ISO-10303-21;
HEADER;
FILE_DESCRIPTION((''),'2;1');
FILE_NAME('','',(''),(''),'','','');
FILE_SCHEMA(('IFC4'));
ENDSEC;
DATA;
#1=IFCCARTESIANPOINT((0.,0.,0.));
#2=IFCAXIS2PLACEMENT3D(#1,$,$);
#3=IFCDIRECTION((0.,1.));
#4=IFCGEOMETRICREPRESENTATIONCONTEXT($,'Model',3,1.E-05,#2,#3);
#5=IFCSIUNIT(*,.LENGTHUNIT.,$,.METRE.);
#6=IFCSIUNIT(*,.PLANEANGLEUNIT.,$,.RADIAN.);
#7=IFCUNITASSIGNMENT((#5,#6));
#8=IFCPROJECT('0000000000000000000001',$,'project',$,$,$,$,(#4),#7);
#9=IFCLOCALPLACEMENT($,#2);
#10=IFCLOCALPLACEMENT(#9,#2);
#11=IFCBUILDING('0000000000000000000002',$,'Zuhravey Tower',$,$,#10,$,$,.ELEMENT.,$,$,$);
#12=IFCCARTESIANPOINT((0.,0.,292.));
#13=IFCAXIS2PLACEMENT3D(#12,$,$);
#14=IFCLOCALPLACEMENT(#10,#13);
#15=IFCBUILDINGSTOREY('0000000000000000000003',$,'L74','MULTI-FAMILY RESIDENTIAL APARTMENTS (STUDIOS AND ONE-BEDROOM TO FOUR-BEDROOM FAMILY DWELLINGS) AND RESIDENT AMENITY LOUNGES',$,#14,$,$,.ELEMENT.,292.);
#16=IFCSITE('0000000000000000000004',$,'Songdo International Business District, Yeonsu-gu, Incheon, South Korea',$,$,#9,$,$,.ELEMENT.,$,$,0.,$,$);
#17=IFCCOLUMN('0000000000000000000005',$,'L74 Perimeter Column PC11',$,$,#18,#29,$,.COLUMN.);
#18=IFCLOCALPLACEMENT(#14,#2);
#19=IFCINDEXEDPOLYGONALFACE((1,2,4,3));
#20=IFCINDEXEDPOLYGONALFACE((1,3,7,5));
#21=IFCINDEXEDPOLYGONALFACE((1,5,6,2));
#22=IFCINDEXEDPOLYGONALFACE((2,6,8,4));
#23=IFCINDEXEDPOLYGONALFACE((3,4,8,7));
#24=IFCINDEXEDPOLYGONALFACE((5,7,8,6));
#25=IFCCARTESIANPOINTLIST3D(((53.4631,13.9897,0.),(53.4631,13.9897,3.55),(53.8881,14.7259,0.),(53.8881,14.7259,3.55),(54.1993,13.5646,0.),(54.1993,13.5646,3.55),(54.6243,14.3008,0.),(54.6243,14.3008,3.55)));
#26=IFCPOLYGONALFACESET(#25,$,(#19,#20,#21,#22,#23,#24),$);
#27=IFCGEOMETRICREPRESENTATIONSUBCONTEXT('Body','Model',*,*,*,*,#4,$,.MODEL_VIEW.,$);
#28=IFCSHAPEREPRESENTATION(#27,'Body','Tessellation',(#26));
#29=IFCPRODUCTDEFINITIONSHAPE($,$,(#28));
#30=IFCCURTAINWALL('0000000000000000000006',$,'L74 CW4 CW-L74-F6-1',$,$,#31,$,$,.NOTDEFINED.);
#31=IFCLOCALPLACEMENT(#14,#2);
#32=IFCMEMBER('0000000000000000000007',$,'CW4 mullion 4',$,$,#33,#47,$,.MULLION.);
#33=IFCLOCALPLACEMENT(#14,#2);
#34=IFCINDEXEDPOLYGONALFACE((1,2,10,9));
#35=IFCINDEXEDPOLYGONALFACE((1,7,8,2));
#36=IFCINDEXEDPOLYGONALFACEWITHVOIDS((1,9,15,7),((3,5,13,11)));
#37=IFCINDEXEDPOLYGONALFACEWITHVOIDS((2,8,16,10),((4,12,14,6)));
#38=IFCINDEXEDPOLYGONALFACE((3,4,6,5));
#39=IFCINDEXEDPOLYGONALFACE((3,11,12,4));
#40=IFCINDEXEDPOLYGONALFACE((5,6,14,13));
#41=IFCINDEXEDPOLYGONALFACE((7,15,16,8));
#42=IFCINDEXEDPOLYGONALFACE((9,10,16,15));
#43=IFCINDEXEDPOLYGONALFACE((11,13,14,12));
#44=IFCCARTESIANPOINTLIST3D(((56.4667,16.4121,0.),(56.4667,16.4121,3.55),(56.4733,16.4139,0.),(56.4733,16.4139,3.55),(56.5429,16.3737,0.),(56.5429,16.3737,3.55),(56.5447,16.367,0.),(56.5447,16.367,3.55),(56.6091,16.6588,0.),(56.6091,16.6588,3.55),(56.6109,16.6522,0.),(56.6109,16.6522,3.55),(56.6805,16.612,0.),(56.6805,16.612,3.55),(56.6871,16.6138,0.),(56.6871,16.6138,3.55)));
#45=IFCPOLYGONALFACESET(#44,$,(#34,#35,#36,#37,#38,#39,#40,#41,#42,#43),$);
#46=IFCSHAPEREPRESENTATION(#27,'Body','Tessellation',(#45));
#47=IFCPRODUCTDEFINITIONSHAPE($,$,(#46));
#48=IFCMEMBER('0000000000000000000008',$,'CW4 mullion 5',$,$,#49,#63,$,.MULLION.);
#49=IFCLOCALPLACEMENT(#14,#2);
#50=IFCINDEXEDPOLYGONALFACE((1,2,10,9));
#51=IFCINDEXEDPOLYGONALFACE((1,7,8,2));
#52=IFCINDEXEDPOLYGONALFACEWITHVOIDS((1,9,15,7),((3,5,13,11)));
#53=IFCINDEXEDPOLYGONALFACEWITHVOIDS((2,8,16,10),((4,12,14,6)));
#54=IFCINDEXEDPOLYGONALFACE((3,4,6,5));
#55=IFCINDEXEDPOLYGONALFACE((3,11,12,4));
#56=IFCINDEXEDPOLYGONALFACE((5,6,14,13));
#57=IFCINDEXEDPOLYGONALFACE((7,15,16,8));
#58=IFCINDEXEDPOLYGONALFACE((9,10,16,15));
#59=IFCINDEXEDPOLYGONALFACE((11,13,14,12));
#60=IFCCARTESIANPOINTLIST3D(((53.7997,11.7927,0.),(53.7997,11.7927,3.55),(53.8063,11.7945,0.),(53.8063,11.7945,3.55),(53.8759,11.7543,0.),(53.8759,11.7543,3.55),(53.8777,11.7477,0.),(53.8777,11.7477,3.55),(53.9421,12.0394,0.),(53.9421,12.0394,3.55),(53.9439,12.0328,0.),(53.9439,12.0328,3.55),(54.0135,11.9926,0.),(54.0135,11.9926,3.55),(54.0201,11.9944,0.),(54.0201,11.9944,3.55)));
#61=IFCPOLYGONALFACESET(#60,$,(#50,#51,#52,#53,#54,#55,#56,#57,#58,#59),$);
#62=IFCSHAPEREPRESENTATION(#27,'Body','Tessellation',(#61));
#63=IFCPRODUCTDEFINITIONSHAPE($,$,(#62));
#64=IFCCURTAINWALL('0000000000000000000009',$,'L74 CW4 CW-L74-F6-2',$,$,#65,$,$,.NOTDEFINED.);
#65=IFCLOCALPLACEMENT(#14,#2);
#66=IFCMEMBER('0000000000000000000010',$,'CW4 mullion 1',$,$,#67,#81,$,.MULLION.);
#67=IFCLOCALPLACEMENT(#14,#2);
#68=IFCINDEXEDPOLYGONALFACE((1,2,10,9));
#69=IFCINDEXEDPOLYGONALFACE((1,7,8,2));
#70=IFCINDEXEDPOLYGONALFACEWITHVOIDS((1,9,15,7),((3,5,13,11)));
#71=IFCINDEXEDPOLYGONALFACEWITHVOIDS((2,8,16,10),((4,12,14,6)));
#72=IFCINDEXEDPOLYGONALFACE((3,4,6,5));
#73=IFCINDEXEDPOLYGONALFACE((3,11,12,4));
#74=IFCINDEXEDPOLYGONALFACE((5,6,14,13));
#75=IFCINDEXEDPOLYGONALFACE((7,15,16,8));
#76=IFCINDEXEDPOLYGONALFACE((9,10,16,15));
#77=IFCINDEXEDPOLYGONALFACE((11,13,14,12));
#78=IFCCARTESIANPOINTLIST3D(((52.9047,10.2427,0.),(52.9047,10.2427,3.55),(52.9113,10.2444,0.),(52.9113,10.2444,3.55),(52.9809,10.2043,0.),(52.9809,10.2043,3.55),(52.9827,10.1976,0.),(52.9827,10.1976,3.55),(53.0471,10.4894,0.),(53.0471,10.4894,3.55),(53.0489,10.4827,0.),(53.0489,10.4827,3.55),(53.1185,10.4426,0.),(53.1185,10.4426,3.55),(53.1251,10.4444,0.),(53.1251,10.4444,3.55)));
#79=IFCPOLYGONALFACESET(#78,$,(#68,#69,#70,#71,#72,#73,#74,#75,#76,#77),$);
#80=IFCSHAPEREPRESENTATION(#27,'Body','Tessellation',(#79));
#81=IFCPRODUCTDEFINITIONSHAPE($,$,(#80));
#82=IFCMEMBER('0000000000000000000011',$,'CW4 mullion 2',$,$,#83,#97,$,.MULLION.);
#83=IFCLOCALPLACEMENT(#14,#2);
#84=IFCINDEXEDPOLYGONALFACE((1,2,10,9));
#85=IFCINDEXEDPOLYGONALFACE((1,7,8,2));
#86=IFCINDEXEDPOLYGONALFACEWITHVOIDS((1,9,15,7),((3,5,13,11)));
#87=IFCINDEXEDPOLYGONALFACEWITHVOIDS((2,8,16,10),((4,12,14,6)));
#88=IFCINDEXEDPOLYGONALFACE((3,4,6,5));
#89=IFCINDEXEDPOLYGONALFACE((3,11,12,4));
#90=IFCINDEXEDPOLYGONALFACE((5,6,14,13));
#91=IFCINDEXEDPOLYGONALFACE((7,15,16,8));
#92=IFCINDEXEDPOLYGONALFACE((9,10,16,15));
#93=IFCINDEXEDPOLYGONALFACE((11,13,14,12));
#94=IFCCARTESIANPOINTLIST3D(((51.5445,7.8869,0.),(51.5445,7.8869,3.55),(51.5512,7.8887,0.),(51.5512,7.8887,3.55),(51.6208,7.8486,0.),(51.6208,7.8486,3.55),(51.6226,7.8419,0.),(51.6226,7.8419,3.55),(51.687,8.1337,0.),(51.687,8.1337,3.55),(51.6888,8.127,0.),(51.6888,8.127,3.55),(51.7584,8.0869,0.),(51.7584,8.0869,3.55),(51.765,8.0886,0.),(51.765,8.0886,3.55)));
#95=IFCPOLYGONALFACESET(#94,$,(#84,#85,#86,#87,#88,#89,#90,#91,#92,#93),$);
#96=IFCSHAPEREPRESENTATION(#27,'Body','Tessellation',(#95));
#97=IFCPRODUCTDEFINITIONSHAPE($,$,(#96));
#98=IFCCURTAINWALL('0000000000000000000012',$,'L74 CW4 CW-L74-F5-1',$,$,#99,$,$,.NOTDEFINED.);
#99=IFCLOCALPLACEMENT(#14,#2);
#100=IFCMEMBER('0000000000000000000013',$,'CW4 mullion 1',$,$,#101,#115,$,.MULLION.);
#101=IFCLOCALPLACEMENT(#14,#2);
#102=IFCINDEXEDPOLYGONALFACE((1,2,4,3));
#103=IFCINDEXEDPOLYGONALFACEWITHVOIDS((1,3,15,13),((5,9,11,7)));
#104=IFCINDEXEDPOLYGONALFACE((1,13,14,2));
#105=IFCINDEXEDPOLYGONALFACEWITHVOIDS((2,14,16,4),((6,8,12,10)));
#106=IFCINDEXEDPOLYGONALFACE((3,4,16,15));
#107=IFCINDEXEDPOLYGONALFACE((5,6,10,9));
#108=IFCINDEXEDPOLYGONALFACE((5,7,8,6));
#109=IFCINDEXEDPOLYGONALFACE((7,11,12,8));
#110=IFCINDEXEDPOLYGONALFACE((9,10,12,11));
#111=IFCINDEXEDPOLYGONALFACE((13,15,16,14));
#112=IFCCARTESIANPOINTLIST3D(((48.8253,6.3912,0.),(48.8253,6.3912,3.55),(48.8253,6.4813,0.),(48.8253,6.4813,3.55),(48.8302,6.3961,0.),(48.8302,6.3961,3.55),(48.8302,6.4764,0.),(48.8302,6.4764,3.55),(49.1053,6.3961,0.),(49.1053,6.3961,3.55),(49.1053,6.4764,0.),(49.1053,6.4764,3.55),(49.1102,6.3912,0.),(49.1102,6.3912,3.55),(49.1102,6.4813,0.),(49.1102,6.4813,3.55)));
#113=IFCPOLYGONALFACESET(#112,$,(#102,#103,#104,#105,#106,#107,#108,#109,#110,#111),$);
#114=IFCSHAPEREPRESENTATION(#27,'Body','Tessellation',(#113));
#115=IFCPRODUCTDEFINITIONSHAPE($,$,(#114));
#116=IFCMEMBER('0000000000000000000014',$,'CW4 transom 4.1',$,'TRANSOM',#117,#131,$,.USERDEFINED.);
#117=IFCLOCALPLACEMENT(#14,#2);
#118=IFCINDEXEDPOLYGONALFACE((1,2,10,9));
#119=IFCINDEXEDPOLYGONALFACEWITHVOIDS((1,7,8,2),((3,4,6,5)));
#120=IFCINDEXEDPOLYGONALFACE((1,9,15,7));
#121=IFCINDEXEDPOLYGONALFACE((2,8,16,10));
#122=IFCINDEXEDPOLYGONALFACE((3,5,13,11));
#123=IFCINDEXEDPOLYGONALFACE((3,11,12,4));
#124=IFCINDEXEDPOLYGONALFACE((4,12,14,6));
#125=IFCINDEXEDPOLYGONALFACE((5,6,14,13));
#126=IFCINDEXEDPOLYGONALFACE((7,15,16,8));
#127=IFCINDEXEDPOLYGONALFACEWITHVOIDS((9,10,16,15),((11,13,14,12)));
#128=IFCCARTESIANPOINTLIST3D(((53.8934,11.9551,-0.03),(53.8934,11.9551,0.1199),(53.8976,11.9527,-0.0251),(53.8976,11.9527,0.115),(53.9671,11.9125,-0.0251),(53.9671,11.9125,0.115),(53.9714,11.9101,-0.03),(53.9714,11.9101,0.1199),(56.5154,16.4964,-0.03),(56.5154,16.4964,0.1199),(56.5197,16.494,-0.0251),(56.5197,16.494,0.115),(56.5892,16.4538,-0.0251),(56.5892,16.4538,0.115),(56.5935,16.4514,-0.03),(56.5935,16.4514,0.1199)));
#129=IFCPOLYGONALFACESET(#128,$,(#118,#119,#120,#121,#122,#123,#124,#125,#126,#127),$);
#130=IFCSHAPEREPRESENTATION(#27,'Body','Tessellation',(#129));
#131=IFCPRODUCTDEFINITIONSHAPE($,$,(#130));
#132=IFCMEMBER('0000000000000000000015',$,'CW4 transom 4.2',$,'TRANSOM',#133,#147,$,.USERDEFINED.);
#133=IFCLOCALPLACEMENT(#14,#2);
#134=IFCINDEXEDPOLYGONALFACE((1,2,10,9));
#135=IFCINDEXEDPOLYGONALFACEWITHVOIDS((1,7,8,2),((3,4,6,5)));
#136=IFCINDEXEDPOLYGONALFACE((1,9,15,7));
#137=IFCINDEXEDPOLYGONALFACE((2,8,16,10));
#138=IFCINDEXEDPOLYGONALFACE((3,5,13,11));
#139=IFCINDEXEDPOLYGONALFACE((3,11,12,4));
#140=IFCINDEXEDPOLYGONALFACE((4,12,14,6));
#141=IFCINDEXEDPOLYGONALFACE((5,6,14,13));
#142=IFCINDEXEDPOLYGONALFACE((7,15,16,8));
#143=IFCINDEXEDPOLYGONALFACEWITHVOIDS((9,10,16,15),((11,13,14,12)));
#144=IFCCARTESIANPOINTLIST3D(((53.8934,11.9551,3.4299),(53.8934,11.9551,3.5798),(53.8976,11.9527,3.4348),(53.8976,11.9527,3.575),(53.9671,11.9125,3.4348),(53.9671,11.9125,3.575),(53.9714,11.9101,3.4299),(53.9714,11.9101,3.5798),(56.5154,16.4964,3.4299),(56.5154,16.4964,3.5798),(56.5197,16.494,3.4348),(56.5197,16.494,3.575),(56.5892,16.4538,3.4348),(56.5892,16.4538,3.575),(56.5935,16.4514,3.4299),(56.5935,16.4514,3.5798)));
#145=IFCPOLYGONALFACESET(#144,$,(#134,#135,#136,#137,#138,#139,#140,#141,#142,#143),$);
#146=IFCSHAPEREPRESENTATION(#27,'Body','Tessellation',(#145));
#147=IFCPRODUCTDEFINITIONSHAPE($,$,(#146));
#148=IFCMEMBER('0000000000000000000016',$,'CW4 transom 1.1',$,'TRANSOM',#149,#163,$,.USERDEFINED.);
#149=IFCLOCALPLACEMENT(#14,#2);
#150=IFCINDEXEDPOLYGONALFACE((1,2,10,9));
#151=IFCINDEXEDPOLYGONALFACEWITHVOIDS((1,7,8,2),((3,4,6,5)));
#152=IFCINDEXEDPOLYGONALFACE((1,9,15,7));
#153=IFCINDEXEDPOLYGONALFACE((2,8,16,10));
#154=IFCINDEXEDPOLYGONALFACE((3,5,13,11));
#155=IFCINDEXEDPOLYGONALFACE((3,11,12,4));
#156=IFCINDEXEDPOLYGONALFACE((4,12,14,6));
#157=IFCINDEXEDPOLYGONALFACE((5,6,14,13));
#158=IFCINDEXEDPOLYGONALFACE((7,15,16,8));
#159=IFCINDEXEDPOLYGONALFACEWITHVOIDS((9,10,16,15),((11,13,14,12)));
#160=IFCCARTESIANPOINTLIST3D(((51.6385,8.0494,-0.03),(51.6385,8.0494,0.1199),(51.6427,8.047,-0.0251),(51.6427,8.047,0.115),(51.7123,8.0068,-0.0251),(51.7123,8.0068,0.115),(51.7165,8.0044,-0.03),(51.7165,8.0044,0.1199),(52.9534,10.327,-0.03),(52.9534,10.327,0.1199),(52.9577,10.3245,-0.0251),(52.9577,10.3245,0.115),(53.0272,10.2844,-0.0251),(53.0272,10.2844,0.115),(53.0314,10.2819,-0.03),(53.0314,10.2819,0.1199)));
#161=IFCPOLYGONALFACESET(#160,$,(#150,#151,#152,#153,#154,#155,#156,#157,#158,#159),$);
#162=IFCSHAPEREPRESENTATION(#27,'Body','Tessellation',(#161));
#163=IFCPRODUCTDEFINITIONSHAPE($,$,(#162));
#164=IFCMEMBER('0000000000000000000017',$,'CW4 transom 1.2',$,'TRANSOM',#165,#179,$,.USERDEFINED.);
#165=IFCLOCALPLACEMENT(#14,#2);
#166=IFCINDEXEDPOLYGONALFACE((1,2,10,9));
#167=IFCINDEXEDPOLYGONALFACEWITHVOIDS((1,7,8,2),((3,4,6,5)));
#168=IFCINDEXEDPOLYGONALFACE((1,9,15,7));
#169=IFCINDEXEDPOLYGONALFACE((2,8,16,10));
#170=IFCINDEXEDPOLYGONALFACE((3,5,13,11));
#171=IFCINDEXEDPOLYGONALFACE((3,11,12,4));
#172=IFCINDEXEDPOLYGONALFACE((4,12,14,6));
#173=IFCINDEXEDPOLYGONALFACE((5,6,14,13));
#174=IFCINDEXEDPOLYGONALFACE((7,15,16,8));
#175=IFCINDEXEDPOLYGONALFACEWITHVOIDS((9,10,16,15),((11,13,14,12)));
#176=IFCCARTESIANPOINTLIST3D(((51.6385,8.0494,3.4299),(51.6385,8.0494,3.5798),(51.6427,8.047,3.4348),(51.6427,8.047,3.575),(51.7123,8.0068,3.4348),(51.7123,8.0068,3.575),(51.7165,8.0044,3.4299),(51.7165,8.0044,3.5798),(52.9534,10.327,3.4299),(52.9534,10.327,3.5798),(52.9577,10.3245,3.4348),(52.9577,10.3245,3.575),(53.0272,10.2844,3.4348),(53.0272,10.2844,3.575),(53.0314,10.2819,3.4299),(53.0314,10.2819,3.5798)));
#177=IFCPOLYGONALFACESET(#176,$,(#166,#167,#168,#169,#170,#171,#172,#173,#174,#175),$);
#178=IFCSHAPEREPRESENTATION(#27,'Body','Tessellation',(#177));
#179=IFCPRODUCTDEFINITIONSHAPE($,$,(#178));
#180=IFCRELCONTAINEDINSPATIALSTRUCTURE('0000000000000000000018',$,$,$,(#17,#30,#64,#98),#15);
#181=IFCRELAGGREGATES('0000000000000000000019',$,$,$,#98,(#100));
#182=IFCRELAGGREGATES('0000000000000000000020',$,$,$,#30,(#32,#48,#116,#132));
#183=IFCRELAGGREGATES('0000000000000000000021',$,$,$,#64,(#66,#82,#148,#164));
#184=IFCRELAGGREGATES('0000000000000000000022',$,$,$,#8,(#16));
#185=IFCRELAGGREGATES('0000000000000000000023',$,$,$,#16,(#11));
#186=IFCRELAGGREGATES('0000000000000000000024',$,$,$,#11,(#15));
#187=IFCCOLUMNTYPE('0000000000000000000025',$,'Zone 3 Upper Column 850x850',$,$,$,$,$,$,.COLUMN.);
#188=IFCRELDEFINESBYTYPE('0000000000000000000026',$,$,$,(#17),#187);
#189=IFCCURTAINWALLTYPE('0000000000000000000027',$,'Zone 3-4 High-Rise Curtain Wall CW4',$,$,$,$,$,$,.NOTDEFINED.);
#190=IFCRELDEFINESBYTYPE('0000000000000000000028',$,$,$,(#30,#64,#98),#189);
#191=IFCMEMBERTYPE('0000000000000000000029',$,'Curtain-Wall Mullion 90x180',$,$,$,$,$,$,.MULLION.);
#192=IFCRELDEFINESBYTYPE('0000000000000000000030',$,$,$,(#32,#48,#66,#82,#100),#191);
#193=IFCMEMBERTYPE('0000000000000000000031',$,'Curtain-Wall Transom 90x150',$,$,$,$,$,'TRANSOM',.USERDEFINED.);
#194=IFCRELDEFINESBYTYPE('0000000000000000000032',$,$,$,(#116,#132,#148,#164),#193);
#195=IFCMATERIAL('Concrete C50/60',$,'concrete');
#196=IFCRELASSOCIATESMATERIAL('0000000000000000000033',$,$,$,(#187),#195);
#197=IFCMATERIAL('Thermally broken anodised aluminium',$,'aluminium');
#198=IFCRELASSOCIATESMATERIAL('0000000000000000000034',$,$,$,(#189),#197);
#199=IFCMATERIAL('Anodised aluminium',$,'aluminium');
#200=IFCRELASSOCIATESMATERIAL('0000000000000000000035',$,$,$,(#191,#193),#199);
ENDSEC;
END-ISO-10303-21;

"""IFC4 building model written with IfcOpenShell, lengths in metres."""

from ifc_helpers import new_model, si_unit, direction, frame, origin, origin_2d, place, context, subcontext, project, spatial, rectangle, hollow_rectangle, extrude, material, material_profile, profile_set, type_object, element, aggregate, save


model = new_model("IFC4")

# Units and contexts
model_context = context("Model", 3, precision=1e-05, world=origin(), true_north=direction((0.0, 1.0)))
body_context = subcontext(model_context, "Body", "Model", "MODEL_VIEW")
ifc_project = project(units=[si_unit("LENGTHUNIT", "METRE"), si_unit("PLANEANGLEUNIT", "RADIAN")], contexts=[model_context])

# Site, building, storey
site_placement = place(None, origin())
site = spatial("IfcSite", under=ifc_project, at=site_placement, Name="Songdo International Business District, Yeonsu-gu, Incheon, South Korea", CompositionType="ELEMENT", RefElevation=0.0)
building_placement = place(site_placement, origin())
building = spatial("IfcBuilding", under=site, at=building_placement, Name="Zuhravey Tower", CompositionType="ELEMENT")
storey_placement = place(building_placement, frame((0.0, 0.0, 292.0)))
storey = spatial("IfcBuildingStorey", under=building, at=storey_placement, Name="L74", Description="MULTI-FAMILY RESIDENTIAL APARTMENTS (STUDIOS AND ONE-BEDROOM TO FOUR-BEDROOM FAMILY DWELLINGS) AND RESIDENT AMENITY LOUNGES", CompositionType="ELEMENT", Elevation=292.0)

# Column
ifc_material_1 = material(Name="Concrete C50/60", Category="concrete")
ifc_material_profile_1 = material_profile(ifc_material_1, rectangle(XDim=0.8501, YDim=0.8501, at=origin_2d()), Name="RC-850x850")
ifc_profile_set_1 = profile_set([ifc_material_profile_1], Name="Concrete C50/60")
column_type = type_object("IfcColumnType", Name="Zone 3 Upper Column 850x850", PredefinedType="COLUMN", material=ifc_profile_set_1)
column_placement = place(storey_placement, frame((54.0437, 14.1453, 0.0), z_axis=(0.0, 0.0, 1.0), x_axis=(0.5, 0.866025, 0.0)))
element("IfcColumn", 1, at=column_placement, inside=storey, type_object=column_type, Name="L74 Perimeter Column PC11", PredefinedType="COLUMN", context=body_context, shape_type="SweptSolid", body=[
    extrude(rectangle(XDim=0.8501, YDim=0.8501, at=origin_2d()), origin(), (0.0, 0.0, 1.0), 3.55),
])

# Curtain walls, members
ifc_material_2 = material(Name="Thermally broken anodised aluminium", Category="aluminium")
curtain_wall_type = type_object("IfcCurtainWallType", Name="Zone 3-4 High-Rise Curtain Wall CW4", PredefinedType="NOTDEFINED", material=ifc_material_2)
curtain_wall_1_placement = place(storey_placement, origin())
curtain_wall_1 = element("IfcCurtainWall", 2, at=curtain_wall_1_placement, inside=storey, type_object=curtain_wall_type, Name="L74 CW4 CW-L74-F6-1", PredefinedType="NOTDEFINED")
ifc_material_3 = material(Name="Anodised aluminium", Category="aluminium")
ifc_material_profile_2 = material_profile(ifc_material_3, hollow_rectangle(XDim=0.0901, YDim=0.2849, WallThickness=0.0049, at=origin_2d()), Name="ALU-RHS-90x285x5")
ifc_profile_set_2 = profile_set([ifc_material_profile_2], Name="Anodised aluminium")
member_type_1 = type_object("IfcMemberType", Name="Curtain-Wall Mullion 90x180", PredefinedType="MULLION", material=ifc_profile_set_2)
member_1_placement = place(storey_placement, frame((56.5769, 16.5129, 0.0), z_axis=(0.0, 0.0, 1.0), x_axis=(0.866026, -0.5, 0.0)))
member_1 = element("IfcMember", 3, at=member_1_placement, type_object=member_type_1, Name="CW4 mullion 4", PredefinedType="MULLION", context=body_context, shape_type="SweptSolid", body=[
    extrude(hollow_rectangle(XDim=0.0901, YDim=0.2849, WallThickness=0.0049, at=origin_2d()), origin(), (0.0, 0.0, 1.0), 3.55),
])
member_2_placement = place(storey_placement, frame((53.9099, 11.8936, 0.0), z_axis=(0.0, 0.0, 1.0), x_axis=(0.866026, -0.5, 0.0)))
member_2 = element("IfcMember", 4, at=member_2_placement, type_object=member_type_1, Name="CW4 mullion 5", PredefinedType="MULLION", context=body_context, shape_type="SweptSolid", body=[
    extrude(hollow_rectangle(XDim=0.0901, YDim=0.2849, WallThickness=0.0049, at=origin_2d()), origin(), (0.0, 0.0, 1.0), 3.55),
])
curtain_wall_2_placement = place(storey_placement, origin())
curtain_wall_2 = element("IfcCurtainWall", 5, at=curtain_wall_2_placement, inside=storey, type_object=curtain_wall_type, Name="L74 CW4 CW-L74-F6-2", PredefinedType="NOTDEFINED")
member_3_placement = place(storey_placement, frame((53.0149, 10.3435, 0.0), z_axis=(0.0, 0.0, 1.0), x_axis=(0.866023, -0.500005, 0.0)))
member_3 = element("IfcMember", 6, at=member_3_placement, type_object=member_type_1, Name="CW4 mullion 1", PredefinedType="MULLION", context=body_context, shape_type="SweptSolid", body=[
    extrude(hollow_rectangle(XDim=0.0901, YDim=0.2849, WallThickness=0.0049, at=origin_2d()), origin(), (0.0, 0.0, 1.0), 3.55),
])
member_4_placement = place(storey_placement, frame((51.6548, 7.9878, 0.0), z_axis=(0.0, 0.0, 1.0), x_axis=(0.866023, -0.500005, 0.0)))
member_4 = element("IfcMember", 7, at=member_4_placement, type_object=member_type_1, Name="CW4 mullion 2", PredefinedType="MULLION", context=body_context, shape_type="SweptSolid", body=[
    extrude(hollow_rectangle(XDim=0.0901, YDim=0.2849, WallThickness=0.0049, at=origin_2d()), origin(), (0.0, 0.0, 1.0), 3.55),
])

# Curtain wall, member
curtain_wall_3_placement = place(storey_placement, origin())
curtain_wall_3 = element("IfcCurtainWall", 8, at=curtain_wall_3_placement, inside=storey, type_object=curtain_wall_type, Name="L74 CW4 CW-L74-F5-1", PredefinedType="NOTDEFINED")
member_5_placement = place(storey_placement, frame((48.9678, 6.4363, 0.0), z_axis=(0.0, 0.0, 1.0), x_axis=(0.0, -1.0, 0.0)))
member_5 = element("IfcMember", 9, at=member_5_placement, type_object=member_type_1, Name="CW4 mullion 1", PredefinedType="MULLION", context=body_context, shape_type="SweptSolid", body=[
    extrude(hollow_rectangle(XDim=0.0901, YDim=0.2849, WallThickness=0.0049, at=origin_2d()), origin(), (0.0, 0.0, 1.0), 3.55),
])
aggregate(curtain_wall_3, [member_5])

# Members
ifc_material_profile_3 = material_profile(ifc_material_3, hollow_rectangle(XDim=0.0901, YDim=0.1499, WallThickness=0.0049, at=origin_2d()), Name="ALU-RHS-90x150x5")
ifc_profile_set_3 = profile_set([ifc_material_profile_3], Name="Anodised aluminium")
member_type_2 = type_object("IfcMemberType", Name="Curtain-Wall Transom 90x150", ElementType="TRANSOM", PredefinedType="USERDEFINED", material=ifc_profile_set_3)
member_6_placement = place(storey_placement, frame((56.5544, 16.4739, 0.0449), z_axis=(-0.500025, -0.866011, 0.0), x_axis=(0.866011, -0.500025, 0.0)))
member_6 = element("IfcMember", 10, at=member_6_placement, type_object=member_type_2, Name="CW4 transom 4.1", ObjectType="TRANSOM", PredefinedType="USERDEFINED", context=body_context, shape_type="SweptSolid", body=[
    extrude(hollow_rectangle(XDim=0.0901, YDim=0.1499, WallThickness=0.0049, at=origin_2d()), origin(), (0.0, 0.0, 1.0), 5.2439),
])
member_7_placement = place(storey_placement, frame((56.5544, 16.4739, 3.5049), z_axis=(-0.500025, -0.866011, 0.0), x_axis=(0.866011, -0.500025, 0.0)))
member_7 = element("IfcMember", 11, at=member_7_placement, type_object=member_type_2, Name="CW4 transom 4.2", ObjectType="TRANSOM", PredefinedType="USERDEFINED", context=body_context, shape_type="SweptSolid", body=[
    extrude(hollow_rectangle(XDim=0.0901, YDim=0.1499, WallThickness=0.0049, at=origin_2d()), origin(), (0.0, 0.0, 1.0), 5.2439),
])
member_8_placement = place(storey_placement, frame((52.9924, 10.3044, 0.0449), z_axis=(-0.499993, -0.866029, 0.0), x_axis=(0.866029, -0.499993, 0.0)))
member_8 = element("IfcMember", 12, at=member_8_placement, type_object=member_type_2, Name="CW4 transom 1.1", ObjectType="TRANSOM", PredefinedType="USERDEFINED", context=body_context, shape_type="SweptSolid", body=[
    extrude(hollow_rectangle(XDim=0.0901, YDim=0.1499, WallThickness=0.0049, at=origin_2d()), origin(), (0.0, 0.0, 1.0), 2.6299),
])
member_9_placement = place(storey_placement, frame((52.9924, 10.3044, 3.5049), z_axis=(-0.499993, -0.866029, 0.0), x_axis=(0.866029, -0.499993, 0.0)))
member_9 = element("IfcMember", 13, at=member_9_placement, type_object=member_type_2, Name="CW4 transom 1.2", ObjectType="TRANSOM", PredefinedType="USERDEFINED", context=body_context, shape_type="SweptSolid", body=[
    extrude(hollow_rectangle(XDim=0.0901, YDim=0.1499, WallThickness=0.0049, at=origin_2d()), origin(), (0.0, 0.0, 1.0), 2.6299),
])

aggregate(curtain_wall_1, [member_1, member_2, member_6, member_7])
aggregate(curtain_wall_2, [member_3, member_4, member_8, member_9])

save(model, "model.ifc")
